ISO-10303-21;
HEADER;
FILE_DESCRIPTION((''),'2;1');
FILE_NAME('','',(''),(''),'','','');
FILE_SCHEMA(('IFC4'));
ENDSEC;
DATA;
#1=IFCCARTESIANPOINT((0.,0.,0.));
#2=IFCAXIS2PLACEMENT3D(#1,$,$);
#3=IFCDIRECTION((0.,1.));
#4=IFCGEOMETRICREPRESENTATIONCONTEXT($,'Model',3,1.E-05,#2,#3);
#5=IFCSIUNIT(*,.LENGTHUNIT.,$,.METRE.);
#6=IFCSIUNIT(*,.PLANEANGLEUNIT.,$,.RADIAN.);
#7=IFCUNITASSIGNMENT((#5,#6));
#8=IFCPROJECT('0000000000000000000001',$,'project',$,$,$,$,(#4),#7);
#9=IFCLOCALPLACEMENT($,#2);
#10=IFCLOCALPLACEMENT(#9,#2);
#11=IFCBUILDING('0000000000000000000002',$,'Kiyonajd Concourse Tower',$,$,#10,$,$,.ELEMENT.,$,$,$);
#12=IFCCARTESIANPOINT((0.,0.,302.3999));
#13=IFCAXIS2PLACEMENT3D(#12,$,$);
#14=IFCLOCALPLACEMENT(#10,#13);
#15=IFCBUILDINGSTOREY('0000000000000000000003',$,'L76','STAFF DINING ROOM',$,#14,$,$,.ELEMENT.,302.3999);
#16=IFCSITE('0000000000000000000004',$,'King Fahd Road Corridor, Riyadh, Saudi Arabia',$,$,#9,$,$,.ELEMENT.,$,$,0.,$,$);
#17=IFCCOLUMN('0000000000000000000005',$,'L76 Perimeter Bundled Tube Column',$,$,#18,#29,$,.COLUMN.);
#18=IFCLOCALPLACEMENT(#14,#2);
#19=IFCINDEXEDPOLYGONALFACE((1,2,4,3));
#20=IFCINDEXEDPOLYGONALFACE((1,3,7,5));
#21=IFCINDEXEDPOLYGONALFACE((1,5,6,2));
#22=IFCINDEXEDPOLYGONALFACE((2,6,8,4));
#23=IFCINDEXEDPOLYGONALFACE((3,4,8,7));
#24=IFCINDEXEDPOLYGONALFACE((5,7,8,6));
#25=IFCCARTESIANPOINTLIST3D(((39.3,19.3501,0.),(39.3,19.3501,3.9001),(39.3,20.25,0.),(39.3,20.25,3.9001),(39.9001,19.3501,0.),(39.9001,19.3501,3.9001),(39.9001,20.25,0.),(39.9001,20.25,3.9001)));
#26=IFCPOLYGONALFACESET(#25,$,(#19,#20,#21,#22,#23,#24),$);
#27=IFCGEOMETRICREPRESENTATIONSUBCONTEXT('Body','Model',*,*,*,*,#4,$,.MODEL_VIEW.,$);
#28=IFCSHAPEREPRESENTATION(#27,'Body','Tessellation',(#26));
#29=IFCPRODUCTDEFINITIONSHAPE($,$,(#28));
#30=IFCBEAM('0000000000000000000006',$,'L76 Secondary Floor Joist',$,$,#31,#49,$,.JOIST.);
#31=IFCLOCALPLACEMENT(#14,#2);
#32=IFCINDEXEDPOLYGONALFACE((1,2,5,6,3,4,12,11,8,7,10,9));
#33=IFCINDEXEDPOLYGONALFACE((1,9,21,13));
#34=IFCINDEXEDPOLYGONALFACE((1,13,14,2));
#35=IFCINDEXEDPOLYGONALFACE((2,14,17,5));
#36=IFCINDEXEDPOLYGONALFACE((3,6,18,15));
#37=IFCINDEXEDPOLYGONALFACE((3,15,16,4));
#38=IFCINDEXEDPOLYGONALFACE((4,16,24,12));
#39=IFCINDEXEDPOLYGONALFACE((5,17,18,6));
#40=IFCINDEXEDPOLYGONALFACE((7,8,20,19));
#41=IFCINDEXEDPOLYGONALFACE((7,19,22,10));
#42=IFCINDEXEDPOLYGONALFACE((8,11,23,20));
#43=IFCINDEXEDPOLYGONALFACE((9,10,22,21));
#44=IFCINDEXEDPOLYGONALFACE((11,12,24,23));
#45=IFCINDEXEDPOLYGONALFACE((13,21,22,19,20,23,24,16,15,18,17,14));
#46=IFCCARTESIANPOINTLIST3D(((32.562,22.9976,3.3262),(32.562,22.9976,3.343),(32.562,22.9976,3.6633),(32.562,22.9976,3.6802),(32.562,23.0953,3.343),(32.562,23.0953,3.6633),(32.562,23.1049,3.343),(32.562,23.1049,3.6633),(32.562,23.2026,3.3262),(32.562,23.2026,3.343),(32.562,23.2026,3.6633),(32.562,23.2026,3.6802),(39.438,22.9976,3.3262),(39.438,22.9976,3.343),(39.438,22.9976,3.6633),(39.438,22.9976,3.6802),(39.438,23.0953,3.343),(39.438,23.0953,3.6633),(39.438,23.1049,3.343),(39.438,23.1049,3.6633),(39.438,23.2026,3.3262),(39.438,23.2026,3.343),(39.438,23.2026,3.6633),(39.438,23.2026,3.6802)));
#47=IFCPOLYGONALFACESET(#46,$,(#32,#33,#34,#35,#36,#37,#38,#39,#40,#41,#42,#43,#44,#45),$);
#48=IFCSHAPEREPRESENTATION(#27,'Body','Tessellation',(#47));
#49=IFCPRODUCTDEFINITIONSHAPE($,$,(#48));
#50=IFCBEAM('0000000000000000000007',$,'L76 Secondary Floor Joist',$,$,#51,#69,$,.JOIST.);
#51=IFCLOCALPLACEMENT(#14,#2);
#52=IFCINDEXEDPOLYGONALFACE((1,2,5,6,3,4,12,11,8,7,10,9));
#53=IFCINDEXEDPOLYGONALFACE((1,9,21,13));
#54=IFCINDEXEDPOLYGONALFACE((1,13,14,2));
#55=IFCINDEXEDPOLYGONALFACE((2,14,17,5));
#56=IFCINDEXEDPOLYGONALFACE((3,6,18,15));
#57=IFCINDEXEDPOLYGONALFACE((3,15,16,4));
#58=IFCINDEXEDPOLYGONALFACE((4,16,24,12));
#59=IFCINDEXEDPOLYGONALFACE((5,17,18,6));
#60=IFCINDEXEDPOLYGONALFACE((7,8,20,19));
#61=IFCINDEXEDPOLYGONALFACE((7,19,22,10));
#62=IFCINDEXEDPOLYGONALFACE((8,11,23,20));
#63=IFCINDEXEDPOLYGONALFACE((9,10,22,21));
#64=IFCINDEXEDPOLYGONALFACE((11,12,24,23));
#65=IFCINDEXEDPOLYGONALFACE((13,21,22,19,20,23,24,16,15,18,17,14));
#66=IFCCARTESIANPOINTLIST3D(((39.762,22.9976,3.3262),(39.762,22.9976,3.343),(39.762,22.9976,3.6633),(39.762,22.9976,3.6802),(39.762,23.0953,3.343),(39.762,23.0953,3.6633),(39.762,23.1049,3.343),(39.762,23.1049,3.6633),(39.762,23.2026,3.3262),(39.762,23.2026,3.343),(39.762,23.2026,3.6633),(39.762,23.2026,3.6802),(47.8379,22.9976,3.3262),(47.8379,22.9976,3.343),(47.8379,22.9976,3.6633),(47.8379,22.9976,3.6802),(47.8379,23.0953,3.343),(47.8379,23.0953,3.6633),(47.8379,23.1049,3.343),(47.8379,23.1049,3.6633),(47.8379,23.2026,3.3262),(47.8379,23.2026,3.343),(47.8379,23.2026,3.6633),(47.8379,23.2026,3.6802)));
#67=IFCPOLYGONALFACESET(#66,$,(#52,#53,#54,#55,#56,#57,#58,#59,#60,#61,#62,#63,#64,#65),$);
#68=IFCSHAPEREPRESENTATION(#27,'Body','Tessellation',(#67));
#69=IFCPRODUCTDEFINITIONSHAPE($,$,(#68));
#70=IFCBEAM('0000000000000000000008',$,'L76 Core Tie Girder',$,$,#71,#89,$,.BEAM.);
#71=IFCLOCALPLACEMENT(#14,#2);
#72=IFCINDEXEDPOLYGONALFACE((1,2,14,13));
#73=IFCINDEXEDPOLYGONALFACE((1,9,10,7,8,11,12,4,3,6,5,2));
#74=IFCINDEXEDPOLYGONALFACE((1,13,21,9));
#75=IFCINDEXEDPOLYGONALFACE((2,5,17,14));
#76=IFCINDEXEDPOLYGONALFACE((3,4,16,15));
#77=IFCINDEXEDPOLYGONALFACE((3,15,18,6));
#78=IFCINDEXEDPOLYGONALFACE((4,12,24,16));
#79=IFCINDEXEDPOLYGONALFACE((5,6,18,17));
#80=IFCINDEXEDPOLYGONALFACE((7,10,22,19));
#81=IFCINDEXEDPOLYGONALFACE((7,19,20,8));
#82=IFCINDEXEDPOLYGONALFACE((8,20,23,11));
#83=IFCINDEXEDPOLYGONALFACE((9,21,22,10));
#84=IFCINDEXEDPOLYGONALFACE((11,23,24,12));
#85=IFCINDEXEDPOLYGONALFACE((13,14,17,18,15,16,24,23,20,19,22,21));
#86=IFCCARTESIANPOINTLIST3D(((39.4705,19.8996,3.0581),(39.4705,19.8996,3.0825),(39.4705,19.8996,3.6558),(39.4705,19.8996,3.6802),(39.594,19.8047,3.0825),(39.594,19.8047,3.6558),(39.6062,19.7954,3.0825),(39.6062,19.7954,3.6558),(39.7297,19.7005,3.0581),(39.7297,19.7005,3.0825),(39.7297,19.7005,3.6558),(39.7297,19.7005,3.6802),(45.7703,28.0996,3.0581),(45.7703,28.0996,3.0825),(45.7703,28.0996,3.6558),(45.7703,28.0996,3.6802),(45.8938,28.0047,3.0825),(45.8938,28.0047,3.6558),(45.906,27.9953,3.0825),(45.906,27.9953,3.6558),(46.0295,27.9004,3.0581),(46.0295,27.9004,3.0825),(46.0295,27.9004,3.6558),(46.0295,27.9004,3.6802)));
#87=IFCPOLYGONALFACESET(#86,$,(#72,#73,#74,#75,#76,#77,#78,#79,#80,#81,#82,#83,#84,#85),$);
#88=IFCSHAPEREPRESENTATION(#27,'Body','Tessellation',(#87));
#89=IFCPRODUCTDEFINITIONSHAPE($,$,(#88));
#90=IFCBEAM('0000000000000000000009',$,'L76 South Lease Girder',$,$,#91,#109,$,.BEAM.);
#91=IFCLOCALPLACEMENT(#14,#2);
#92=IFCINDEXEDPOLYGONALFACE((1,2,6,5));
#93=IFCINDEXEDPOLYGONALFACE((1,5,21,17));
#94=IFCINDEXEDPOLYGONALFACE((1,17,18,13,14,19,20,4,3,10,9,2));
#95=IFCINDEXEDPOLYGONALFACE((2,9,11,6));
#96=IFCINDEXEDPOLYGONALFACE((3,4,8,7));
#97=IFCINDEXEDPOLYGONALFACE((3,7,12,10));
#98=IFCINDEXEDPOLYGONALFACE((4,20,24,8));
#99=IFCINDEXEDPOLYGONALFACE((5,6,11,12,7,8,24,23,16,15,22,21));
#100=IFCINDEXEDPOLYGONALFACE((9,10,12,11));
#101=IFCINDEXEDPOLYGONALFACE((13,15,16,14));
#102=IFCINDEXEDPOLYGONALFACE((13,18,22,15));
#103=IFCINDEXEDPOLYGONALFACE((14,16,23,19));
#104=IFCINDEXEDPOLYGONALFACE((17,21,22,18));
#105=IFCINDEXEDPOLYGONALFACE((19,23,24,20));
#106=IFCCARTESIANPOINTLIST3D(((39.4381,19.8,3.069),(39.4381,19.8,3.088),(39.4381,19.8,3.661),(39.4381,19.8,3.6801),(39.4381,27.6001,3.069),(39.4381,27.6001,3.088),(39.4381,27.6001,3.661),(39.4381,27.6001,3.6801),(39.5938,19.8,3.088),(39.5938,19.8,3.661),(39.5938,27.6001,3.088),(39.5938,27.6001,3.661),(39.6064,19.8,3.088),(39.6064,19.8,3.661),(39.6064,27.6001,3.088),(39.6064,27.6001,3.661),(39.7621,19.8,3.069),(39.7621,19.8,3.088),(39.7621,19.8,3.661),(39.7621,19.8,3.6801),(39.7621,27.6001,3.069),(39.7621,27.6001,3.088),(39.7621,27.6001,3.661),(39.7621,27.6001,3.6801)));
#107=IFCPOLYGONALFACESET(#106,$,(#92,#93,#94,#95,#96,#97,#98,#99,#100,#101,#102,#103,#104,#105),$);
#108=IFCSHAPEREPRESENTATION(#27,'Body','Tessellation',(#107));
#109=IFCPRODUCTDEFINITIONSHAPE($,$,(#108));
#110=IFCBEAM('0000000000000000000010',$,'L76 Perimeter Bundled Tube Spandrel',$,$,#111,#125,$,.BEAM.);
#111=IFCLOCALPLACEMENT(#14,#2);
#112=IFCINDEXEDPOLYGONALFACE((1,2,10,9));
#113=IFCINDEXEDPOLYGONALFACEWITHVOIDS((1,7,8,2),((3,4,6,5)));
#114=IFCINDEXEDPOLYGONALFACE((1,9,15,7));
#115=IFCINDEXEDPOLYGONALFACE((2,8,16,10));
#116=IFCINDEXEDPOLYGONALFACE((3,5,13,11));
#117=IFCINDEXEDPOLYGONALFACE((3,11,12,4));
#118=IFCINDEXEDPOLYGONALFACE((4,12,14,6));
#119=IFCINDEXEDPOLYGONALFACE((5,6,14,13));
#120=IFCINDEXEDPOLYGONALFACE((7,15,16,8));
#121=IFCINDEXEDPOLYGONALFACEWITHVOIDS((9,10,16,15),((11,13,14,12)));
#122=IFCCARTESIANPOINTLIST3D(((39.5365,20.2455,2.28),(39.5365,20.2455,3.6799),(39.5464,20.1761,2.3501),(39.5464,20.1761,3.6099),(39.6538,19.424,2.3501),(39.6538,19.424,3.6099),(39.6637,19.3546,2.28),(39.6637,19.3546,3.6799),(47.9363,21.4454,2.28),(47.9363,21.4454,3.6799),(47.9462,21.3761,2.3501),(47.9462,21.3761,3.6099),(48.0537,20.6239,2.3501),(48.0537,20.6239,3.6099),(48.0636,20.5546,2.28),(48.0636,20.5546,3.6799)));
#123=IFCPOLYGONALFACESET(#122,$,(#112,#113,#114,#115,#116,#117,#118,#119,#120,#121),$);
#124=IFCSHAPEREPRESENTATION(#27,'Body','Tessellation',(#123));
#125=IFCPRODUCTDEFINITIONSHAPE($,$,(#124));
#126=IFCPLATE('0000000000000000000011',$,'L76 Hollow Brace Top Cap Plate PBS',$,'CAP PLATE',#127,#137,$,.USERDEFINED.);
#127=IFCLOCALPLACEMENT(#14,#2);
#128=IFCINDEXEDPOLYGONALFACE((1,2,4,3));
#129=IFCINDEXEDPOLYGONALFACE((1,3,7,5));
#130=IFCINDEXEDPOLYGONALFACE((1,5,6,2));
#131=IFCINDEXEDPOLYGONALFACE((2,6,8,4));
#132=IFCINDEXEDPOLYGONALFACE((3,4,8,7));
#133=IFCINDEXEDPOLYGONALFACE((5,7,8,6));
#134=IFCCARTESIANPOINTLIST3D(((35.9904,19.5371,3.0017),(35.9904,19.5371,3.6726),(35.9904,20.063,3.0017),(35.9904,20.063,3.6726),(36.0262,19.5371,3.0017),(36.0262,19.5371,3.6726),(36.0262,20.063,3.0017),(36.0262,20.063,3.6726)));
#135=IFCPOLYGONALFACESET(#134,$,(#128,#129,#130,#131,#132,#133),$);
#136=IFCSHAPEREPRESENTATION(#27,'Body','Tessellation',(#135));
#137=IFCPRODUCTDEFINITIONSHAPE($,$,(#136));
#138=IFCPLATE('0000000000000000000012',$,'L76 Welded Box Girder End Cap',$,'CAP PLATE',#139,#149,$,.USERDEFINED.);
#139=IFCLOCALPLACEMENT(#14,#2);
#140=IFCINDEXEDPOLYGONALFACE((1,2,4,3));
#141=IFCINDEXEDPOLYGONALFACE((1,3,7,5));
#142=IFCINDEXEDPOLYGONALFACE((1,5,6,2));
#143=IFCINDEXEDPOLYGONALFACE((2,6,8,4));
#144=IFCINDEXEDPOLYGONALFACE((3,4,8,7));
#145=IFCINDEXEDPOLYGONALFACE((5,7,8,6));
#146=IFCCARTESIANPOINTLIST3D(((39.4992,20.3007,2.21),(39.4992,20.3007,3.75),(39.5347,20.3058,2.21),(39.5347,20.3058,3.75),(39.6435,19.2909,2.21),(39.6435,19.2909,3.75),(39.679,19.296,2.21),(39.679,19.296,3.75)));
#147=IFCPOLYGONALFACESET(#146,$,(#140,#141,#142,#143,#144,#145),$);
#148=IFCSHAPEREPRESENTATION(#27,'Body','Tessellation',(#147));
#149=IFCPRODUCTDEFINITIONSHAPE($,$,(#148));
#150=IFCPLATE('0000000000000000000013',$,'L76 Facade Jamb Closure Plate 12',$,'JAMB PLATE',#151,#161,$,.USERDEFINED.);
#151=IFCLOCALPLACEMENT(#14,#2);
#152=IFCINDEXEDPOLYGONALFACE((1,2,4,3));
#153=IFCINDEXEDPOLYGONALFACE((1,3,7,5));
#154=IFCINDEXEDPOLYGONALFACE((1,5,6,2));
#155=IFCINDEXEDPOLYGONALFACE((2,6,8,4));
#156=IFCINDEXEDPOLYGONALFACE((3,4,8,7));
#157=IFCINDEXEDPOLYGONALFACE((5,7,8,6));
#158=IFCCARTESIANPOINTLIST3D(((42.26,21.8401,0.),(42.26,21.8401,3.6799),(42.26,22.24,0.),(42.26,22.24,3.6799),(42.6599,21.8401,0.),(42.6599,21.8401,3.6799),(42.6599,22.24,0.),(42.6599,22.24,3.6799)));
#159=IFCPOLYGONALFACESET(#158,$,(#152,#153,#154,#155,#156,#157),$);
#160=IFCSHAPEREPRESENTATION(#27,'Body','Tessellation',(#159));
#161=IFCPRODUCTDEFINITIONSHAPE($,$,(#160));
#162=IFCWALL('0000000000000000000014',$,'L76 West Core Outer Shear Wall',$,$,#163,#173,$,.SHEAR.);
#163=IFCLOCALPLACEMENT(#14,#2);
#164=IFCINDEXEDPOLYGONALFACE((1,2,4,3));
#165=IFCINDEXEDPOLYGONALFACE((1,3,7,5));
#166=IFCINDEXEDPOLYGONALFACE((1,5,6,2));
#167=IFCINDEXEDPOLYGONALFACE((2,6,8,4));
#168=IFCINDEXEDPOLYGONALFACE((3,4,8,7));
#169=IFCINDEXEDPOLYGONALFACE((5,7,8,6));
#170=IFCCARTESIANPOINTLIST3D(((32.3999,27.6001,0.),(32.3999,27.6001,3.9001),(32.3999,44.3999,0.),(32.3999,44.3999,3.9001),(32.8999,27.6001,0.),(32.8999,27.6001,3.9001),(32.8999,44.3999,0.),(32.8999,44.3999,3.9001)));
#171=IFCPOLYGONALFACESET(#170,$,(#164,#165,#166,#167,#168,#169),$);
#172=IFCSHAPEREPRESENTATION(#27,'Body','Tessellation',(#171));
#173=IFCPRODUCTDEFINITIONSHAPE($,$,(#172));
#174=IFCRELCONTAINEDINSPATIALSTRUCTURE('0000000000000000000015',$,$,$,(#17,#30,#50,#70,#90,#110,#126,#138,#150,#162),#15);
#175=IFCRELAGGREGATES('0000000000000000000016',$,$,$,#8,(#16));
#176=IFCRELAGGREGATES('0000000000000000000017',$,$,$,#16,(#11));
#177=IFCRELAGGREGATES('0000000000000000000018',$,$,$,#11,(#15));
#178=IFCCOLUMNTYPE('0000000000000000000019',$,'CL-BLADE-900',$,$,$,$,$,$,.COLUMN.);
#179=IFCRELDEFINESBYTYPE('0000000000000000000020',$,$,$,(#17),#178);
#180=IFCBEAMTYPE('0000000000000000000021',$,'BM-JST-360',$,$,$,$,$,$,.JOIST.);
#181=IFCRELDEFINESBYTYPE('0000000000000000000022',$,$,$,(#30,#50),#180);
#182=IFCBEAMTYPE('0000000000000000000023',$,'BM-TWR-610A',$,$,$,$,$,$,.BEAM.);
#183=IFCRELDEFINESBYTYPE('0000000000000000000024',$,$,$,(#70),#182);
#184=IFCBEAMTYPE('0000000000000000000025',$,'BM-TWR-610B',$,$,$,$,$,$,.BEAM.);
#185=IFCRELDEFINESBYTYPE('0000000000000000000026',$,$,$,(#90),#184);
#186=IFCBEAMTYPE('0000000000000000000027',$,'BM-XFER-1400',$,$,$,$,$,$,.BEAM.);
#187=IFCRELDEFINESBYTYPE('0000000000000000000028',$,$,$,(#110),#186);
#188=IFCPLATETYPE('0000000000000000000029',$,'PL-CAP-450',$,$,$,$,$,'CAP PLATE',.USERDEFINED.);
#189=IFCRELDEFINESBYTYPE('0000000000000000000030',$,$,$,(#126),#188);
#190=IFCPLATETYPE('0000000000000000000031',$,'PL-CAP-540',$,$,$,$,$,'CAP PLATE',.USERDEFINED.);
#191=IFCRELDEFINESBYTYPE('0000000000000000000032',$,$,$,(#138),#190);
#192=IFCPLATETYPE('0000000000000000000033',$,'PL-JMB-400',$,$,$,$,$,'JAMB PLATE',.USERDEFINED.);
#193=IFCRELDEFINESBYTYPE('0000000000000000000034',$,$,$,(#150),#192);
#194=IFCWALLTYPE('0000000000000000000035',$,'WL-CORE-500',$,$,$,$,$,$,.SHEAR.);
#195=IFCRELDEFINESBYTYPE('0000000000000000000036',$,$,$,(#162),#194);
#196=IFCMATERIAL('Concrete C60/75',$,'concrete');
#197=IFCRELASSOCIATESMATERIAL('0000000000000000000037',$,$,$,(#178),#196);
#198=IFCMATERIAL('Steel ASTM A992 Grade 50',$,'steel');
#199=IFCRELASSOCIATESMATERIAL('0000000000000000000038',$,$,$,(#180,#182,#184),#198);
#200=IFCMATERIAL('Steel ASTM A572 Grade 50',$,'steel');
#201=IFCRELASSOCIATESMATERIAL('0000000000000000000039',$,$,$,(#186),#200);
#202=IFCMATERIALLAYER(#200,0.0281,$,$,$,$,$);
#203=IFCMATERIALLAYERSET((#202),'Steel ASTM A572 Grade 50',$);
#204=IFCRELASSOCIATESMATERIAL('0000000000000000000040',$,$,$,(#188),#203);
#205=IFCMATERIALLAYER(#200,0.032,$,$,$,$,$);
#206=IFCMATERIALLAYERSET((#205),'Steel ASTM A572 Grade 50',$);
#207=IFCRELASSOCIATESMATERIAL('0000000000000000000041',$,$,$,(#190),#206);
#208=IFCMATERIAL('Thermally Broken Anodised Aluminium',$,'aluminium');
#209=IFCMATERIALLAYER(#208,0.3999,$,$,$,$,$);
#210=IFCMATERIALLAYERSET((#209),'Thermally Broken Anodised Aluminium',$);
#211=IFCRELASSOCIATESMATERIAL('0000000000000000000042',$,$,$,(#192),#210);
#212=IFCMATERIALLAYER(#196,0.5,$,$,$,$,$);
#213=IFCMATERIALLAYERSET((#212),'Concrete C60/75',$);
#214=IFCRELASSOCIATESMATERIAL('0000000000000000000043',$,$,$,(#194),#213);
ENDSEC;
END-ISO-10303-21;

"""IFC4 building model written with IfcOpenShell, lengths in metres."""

from ifc_helpers import new_model, si_unit, direction, frame, frame_2d, origin, origin_2d, place, context, subcontext, project, spatial, rectangle, hollow_rectangle, i_section, extrude, material, layer, layer_set, material_profile, profile_set, type_object, element, save


model = new_model("IFC4")

# Units and contexts
model_context = context("Model", 3, precision=1e-05, world=origin(), true_north=direction((0.0, 1.0)))
body_context = subcontext(model_context, "Body", "Model", "MODEL_VIEW")
ifc_project = project(units=[si_unit("LENGTHUNIT", "METRE"), si_unit("PLANEANGLEUNIT", "RADIAN")], contexts=[model_context])

# Site, building, storey
site_placement = place(None, origin())
site = spatial("IfcSite", under=ifc_project, at=site_placement, Name="King Fahd Road Corridor, Riyadh, Saudi Arabia", CompositionType="ELEMENT", RefElevation=0.0)
building_placement = place(site_placement, origin())
building = spatial("IfcBuilding", under=site, at=building_placement, Name="Kiyonajd Concourse Tower", CompositionType="ELEMENT")
storey_placement = place(building_placement, frame((0.0, 0.0, 302.3999)))
storey = spatial("IfcBuildingStorey", under=building, at=storey_placement, Name="L76", Description="STAFF DINING ROOM", CompositionType="ELEMENT", Elevation=302.3999)

# Column
ifc_material_1 = material(Name="Concrete C60/75", Category="concrete")
ifc_material_profile_1 = material_profile(ifc_material_1, rectangle(XDim=0.6001, YDim=0.8999, at=origin_2d()), Name="RC-900x600")
ifc_profile_set_1 = profile_set([ifc_material_profile_1], Name="Concrete C60/75")
column_type = type_object("IfcColumnType", Name="CL-BLADE-900", PredefinedType="COLUMN", material=ifc_profile_set_1)
column_placement = place(storey_placement, frame((39.6001, 19.8, 0.0), z_axis=(0.0, 0.0, 1.0), x_axis=(1.0, 0.0, 0.0)))
element("IfcColumn", 1, at=column_placement, inside=storey, type_object=column_type, Name="L76 Perimeter Bundled Tube Column", PredefinedType="COLUMN", context=body_context, shape_type="SweptSolid", body=[
    extrude(rectangle(XDim=0.6001, YDim=0.8999, at=origin_2d()), origin(), (0.0, 0.0, 1.0), 3.9001),
])

# Beams
ifc_material_2 = material(Name="Steel ASTM A992 Grade 50", Category="steel")
ifc_material_profile_2 = material_profile(ifc_material_2, i_section(OverallWidth=0.2051, OverallDepth=0.354, WebThickness=0.0095, FlangeThickness=0.0168, at=origin_2d()), Name="W360X79")
ifc_profile_set_2 = profile_set([ifc_material_profile_2], Name="Steel ASTM A992 Grade 50")
beam_type_1 = type_object("IfcBeamType", Name="BM-JST-360", PredefinedType="JOIST", material=ifc_profile_set_2)
beam_1_placement = place(storey_placement, frame((32.562, 23.1001, 3.5032), z_axis=(1.0, 0.0, 0.0), x_axis=(0.0, 1.0, 0.0)))
element("IfcBeam", 2, at=beam_1_placement, inside=storey, type_object=beam_type_1, Name="L76 Secondary Floor Joist", PredefinedType="JOIST", context=body_context, shape_type="SweptSolid", body=[
    extrude(i_section(OverallWidth=0.2051, OverallDepth=0.354, WebThickness=0.0095, FlangeThickness=0.0168, at=origin_2d()), origin(), (0.0, 0.0, 1.0), 6.876),
])
beam_2_placement = place(storey_placement, frame((39.762, 23.1001, 3.5032), z_axis=(1.0, 0.0, 0.0), x_axis=(0.0, 1.0, 0.0)))
element("IfcBeam", 3, at=beam_2_placement, inside=storey, type_object=beam_type_1, Name="L76 Secondary Floor Joist", PredefinedType="JOIST", context=body_context, shape_type="SweptSolid", body=[
    extrude(i_section(OverallWidth=0.2051, OverallDepth=0.354, WebThickness=0.0095, FlangeThickness=0.0168, at=origin_2d()), origin(), (0.0, 0.0, 1.0), 8.0759),
])
ifc_material_profile_3 = material_profile(ifc_material_2, i_section(OverallWidth=0.3269, OverallDepth=0.6221, WebThickness=0.0154, FlangeThickness=0.0244, at=origin_2d()), Name="W610X195")
ifc_profile_set_3 = profile_set([ifc_material_profile_3], Name="Steel ASTM A992 Grade 50")
beam_type_2 = type_object("IfcBeamType", Name="BM-TWR-610A", PredefinedType="BEAM", material=ifc_profile_set_3)
beam_3_placement = place(storey_placement, frame((39.6001, 19.8, 3.3691), z_axis=(0.609234, 0.792991, 0.0), x_axis=(-0.792991, 0.609234, 0.0)))
element("IfcBeam", 4, at=beam_3_placement, inside=storey, type_object=beam_type_2, Name="L76 Core Tie Girder", PredefinedType="BEAM", context=body_context, shape_type="SweptSolid", body=[
    extrude(i_section(OverallWidth=0.3269, OverallDepth=0.6221, WebThickness=0.0154, FlangeThickness=0.0244, at=origin_2d()), origin(), (0.0, 0.0, 1.0), 10.3406),
])
ifc_material_profile_4 = material_profile(ifc_material_2, i_section(OverallWidth=0.324, OverallDepth=0.6111, WebThickness=0.0127, FlangeThickness=0.019, at=origin_2d()), Name="W610X155")
ifc_profile_set_4 = profile_set([ifc_material_profile_4], Name="Steel ASTM A992 Grade 50")
beam_type_3 = type_object("IfcBeamType", Name="BM-TWR-610B", PredefinedType="BEAM", material=ifc_profile_set_4)
beam_4_placement = place(storey_placement, frame((39.6001, 19.8, 3.3745), z_axis=(0.0, 1.0, 0.0), x_axis=(-1.0, 0.0, 0.0)))
element("IfcBeam", 5, at=beam_4_placement, inside=storey, type_object=beam_type_3, Name="L76 South Lease Girder", PredefinedType="BEAM", context=body_context, shape_type="SweptSolid", body=[
    extrude(i_section(OverallWidth=0.324, OverallDepth=0.6111, WebThickness=0.0127, FlangeThickness=0.019, at=origin_2d()), origin(), (0.0, 0.0, 1.0), 7.8),
])
ifc_material_3 = material(Name="Steel ASTM A572 Grade 50", Category="steel")
ifc_material_profile_5 = material_profile(ifc_material_3, hollow_rectangle(XDim=0.8999, YDim=1.3999, WallThickness=0.0701, at=origin_2d()), Name="BOX-1400x900x70")
ifc_profile_set_5 = profile_set([ifc_material_profile_5], Name="Steel ASTM A572 Grade 50")
beam_type_4 = type_object("IfcBeamType", Name="BM-XFER-1400", PredefinedType="BEAM", material=ifc_profile_set_5)
beam_5_placement = place(storey_placement, frame((39.6001, 19.8, 2.98), z_axis=(0.98995, 0.141417, 0.0), x_axis=(-0.141417, 0.98995, 0.0)))
element("IfcBeam", 6, at=beam_5_placement, inside=storey, type_object=beam_type_4, Name="L76 Perimeter Bundled Tube Spandrel", PredefinedType="BEAM", context=body_context, shape_type="SweptSolid", body=[
    extrude(hollow_rectangle(XDim=0.8999, YDim=1.3999, WallThickness=0.0701, at=origin_2d()), origin(), (0.0, 0.0, 1.0), 8.4851),
])

# Plates
ifc_layer_1 = layer(ifc_material_3, 0.0281)
ifc_layer_set_1 = layer_set([ifc_layer_1], Name="Steel ASTM A572 Grade 50")
plate_type_1 = type_object("IfcPlateType", Name="PL-CAP-450", ElementType="CAP PLATE", PredefinedType="USERDEFINED", material=ifc_layer_set_1)
plate_1_placement = place(storey_placement, frame((36.0083, 19.8, 3.0017), z_axis=(0.0, 0.0, 1.0), x_axis=(1.0, 0.0, 0.0)))
element("IfcPlate", 7, at=plate_1_placement, inside=storey, type_object=plate_type_1, Name="L76 Hollow Brace Top Cap Plate PBS", ObjectType="CAP PLATE", PredefinedType="USERDEFINED", context=body_context, shape_type="SweptSolid", body=[
    extrude(rectangle(XDim=0.0359, YDim=0.5259, at=origin_2d()), origin(), (0.0, 0.0, 1.0), 0.6709),
])
ifc_layer_2 = layer(ifc_material_3, 0.032)
ifc_layer_set_2 = layer_set([ifc_layer_2], Name="Steel ASTM A572 Grade 50")
plate_type_2 = type_object("IfcPlateType", Name="PL-CAP-540", ElementType="CAP PLATE", PredefinedType="USERDEFINED", material=ifc_layer_set_2)
plate_2_placement = place(storey_placement, frame((39.5891, 19.7983, 2.21), z_axis=(0.0, 0.0, 1.0), x_axis=(-0.98995, -0.14142, 0.0)))
element("IfcPlate", 8, at=plate_2_placement, inside=storey, type_object=plate_type_2, Name="L76 Welded Box Girder End Cap", ObjectType="CAP PLATE", PredefinedType="USERDEFINED", context=body_context, shape_type="SweptSolid", body=[
    extrude(rectangle(XDim=0.0359, YDim=1.02, at=origin_2d()), origin(), (0.0, 0.0, 1.0), 1.54),
])
ifc_material_4 = material(Name="Thermally Broken Anodised Aluminium", Category="aluminium")
ifc_layer_3 = layer(ifc_material_4, 0.3999)
ifc_layer_set_3 = layer_set([ifc_layer_3], Name="Thermally Broken Anodised Aluminium")
plate_type_3 = type_object("IfcPlateType", Name="PL-JMB-400", ElementType="JAMB PLATE", PredefinedType="USERDEFINED", material=ifc_layer_set_3)
plate_3_placement = place(storey_placement, frame((42.46, 22.04, 0.0), z_axis=(0.0, 0.0, 1.0), x_axis=(1.0, 0.0, 0.0)))
element("IfcPlate", 9, at=plate_3_placement, inside=storey, type_object=plate_type_3, Name="L76 Facade Jamb Closure Plate 12", ObjectType="JAMB PLATE", PredefinedType="USERDEFINED", context=body_context, shape_type="SweptSolid", body=[
    extrude(rectangle(XDim=0.3999, YDim=0.3999, at=origin_2d()), origin(), (0.0, 0.0, 1.0), 3.6799),
])

# Wall
ifc_layer_4 = layer(ifc_material_1, 0.5)
ifc_layer_set_4 = layer_set([ifc_layer_4], Name="Concrete C60/75")
wall_type_1 = type_object("IfcWallType", Name="WL-CORE-500", PredefinedType="SHEAR", material=ifc_layer_set_4)
wall_1_placement = place(storey_placement, frame((32.6499, 27.6001, 0.0), z_axis=(0.0, 0.0, 1.0), x_axis=(0.0, 1.0, 0.0)))
element("IfcWall", 10, at=wall_1_placement, inside=storey, type_object=wall_type_1, Name="L76 West Core Outer Shear Wall", PredefinedType="SHEAR", context=body_context, shape_type="SweptSolid", body=[
    extrude(rectangle(XDim=16.7998, YDim=0.5, at=frame_2d((8.3999, 0.0))), origin(), (0.0, 0.0, 1.0), 3.9001),
])

save(model, "model.ifc")
